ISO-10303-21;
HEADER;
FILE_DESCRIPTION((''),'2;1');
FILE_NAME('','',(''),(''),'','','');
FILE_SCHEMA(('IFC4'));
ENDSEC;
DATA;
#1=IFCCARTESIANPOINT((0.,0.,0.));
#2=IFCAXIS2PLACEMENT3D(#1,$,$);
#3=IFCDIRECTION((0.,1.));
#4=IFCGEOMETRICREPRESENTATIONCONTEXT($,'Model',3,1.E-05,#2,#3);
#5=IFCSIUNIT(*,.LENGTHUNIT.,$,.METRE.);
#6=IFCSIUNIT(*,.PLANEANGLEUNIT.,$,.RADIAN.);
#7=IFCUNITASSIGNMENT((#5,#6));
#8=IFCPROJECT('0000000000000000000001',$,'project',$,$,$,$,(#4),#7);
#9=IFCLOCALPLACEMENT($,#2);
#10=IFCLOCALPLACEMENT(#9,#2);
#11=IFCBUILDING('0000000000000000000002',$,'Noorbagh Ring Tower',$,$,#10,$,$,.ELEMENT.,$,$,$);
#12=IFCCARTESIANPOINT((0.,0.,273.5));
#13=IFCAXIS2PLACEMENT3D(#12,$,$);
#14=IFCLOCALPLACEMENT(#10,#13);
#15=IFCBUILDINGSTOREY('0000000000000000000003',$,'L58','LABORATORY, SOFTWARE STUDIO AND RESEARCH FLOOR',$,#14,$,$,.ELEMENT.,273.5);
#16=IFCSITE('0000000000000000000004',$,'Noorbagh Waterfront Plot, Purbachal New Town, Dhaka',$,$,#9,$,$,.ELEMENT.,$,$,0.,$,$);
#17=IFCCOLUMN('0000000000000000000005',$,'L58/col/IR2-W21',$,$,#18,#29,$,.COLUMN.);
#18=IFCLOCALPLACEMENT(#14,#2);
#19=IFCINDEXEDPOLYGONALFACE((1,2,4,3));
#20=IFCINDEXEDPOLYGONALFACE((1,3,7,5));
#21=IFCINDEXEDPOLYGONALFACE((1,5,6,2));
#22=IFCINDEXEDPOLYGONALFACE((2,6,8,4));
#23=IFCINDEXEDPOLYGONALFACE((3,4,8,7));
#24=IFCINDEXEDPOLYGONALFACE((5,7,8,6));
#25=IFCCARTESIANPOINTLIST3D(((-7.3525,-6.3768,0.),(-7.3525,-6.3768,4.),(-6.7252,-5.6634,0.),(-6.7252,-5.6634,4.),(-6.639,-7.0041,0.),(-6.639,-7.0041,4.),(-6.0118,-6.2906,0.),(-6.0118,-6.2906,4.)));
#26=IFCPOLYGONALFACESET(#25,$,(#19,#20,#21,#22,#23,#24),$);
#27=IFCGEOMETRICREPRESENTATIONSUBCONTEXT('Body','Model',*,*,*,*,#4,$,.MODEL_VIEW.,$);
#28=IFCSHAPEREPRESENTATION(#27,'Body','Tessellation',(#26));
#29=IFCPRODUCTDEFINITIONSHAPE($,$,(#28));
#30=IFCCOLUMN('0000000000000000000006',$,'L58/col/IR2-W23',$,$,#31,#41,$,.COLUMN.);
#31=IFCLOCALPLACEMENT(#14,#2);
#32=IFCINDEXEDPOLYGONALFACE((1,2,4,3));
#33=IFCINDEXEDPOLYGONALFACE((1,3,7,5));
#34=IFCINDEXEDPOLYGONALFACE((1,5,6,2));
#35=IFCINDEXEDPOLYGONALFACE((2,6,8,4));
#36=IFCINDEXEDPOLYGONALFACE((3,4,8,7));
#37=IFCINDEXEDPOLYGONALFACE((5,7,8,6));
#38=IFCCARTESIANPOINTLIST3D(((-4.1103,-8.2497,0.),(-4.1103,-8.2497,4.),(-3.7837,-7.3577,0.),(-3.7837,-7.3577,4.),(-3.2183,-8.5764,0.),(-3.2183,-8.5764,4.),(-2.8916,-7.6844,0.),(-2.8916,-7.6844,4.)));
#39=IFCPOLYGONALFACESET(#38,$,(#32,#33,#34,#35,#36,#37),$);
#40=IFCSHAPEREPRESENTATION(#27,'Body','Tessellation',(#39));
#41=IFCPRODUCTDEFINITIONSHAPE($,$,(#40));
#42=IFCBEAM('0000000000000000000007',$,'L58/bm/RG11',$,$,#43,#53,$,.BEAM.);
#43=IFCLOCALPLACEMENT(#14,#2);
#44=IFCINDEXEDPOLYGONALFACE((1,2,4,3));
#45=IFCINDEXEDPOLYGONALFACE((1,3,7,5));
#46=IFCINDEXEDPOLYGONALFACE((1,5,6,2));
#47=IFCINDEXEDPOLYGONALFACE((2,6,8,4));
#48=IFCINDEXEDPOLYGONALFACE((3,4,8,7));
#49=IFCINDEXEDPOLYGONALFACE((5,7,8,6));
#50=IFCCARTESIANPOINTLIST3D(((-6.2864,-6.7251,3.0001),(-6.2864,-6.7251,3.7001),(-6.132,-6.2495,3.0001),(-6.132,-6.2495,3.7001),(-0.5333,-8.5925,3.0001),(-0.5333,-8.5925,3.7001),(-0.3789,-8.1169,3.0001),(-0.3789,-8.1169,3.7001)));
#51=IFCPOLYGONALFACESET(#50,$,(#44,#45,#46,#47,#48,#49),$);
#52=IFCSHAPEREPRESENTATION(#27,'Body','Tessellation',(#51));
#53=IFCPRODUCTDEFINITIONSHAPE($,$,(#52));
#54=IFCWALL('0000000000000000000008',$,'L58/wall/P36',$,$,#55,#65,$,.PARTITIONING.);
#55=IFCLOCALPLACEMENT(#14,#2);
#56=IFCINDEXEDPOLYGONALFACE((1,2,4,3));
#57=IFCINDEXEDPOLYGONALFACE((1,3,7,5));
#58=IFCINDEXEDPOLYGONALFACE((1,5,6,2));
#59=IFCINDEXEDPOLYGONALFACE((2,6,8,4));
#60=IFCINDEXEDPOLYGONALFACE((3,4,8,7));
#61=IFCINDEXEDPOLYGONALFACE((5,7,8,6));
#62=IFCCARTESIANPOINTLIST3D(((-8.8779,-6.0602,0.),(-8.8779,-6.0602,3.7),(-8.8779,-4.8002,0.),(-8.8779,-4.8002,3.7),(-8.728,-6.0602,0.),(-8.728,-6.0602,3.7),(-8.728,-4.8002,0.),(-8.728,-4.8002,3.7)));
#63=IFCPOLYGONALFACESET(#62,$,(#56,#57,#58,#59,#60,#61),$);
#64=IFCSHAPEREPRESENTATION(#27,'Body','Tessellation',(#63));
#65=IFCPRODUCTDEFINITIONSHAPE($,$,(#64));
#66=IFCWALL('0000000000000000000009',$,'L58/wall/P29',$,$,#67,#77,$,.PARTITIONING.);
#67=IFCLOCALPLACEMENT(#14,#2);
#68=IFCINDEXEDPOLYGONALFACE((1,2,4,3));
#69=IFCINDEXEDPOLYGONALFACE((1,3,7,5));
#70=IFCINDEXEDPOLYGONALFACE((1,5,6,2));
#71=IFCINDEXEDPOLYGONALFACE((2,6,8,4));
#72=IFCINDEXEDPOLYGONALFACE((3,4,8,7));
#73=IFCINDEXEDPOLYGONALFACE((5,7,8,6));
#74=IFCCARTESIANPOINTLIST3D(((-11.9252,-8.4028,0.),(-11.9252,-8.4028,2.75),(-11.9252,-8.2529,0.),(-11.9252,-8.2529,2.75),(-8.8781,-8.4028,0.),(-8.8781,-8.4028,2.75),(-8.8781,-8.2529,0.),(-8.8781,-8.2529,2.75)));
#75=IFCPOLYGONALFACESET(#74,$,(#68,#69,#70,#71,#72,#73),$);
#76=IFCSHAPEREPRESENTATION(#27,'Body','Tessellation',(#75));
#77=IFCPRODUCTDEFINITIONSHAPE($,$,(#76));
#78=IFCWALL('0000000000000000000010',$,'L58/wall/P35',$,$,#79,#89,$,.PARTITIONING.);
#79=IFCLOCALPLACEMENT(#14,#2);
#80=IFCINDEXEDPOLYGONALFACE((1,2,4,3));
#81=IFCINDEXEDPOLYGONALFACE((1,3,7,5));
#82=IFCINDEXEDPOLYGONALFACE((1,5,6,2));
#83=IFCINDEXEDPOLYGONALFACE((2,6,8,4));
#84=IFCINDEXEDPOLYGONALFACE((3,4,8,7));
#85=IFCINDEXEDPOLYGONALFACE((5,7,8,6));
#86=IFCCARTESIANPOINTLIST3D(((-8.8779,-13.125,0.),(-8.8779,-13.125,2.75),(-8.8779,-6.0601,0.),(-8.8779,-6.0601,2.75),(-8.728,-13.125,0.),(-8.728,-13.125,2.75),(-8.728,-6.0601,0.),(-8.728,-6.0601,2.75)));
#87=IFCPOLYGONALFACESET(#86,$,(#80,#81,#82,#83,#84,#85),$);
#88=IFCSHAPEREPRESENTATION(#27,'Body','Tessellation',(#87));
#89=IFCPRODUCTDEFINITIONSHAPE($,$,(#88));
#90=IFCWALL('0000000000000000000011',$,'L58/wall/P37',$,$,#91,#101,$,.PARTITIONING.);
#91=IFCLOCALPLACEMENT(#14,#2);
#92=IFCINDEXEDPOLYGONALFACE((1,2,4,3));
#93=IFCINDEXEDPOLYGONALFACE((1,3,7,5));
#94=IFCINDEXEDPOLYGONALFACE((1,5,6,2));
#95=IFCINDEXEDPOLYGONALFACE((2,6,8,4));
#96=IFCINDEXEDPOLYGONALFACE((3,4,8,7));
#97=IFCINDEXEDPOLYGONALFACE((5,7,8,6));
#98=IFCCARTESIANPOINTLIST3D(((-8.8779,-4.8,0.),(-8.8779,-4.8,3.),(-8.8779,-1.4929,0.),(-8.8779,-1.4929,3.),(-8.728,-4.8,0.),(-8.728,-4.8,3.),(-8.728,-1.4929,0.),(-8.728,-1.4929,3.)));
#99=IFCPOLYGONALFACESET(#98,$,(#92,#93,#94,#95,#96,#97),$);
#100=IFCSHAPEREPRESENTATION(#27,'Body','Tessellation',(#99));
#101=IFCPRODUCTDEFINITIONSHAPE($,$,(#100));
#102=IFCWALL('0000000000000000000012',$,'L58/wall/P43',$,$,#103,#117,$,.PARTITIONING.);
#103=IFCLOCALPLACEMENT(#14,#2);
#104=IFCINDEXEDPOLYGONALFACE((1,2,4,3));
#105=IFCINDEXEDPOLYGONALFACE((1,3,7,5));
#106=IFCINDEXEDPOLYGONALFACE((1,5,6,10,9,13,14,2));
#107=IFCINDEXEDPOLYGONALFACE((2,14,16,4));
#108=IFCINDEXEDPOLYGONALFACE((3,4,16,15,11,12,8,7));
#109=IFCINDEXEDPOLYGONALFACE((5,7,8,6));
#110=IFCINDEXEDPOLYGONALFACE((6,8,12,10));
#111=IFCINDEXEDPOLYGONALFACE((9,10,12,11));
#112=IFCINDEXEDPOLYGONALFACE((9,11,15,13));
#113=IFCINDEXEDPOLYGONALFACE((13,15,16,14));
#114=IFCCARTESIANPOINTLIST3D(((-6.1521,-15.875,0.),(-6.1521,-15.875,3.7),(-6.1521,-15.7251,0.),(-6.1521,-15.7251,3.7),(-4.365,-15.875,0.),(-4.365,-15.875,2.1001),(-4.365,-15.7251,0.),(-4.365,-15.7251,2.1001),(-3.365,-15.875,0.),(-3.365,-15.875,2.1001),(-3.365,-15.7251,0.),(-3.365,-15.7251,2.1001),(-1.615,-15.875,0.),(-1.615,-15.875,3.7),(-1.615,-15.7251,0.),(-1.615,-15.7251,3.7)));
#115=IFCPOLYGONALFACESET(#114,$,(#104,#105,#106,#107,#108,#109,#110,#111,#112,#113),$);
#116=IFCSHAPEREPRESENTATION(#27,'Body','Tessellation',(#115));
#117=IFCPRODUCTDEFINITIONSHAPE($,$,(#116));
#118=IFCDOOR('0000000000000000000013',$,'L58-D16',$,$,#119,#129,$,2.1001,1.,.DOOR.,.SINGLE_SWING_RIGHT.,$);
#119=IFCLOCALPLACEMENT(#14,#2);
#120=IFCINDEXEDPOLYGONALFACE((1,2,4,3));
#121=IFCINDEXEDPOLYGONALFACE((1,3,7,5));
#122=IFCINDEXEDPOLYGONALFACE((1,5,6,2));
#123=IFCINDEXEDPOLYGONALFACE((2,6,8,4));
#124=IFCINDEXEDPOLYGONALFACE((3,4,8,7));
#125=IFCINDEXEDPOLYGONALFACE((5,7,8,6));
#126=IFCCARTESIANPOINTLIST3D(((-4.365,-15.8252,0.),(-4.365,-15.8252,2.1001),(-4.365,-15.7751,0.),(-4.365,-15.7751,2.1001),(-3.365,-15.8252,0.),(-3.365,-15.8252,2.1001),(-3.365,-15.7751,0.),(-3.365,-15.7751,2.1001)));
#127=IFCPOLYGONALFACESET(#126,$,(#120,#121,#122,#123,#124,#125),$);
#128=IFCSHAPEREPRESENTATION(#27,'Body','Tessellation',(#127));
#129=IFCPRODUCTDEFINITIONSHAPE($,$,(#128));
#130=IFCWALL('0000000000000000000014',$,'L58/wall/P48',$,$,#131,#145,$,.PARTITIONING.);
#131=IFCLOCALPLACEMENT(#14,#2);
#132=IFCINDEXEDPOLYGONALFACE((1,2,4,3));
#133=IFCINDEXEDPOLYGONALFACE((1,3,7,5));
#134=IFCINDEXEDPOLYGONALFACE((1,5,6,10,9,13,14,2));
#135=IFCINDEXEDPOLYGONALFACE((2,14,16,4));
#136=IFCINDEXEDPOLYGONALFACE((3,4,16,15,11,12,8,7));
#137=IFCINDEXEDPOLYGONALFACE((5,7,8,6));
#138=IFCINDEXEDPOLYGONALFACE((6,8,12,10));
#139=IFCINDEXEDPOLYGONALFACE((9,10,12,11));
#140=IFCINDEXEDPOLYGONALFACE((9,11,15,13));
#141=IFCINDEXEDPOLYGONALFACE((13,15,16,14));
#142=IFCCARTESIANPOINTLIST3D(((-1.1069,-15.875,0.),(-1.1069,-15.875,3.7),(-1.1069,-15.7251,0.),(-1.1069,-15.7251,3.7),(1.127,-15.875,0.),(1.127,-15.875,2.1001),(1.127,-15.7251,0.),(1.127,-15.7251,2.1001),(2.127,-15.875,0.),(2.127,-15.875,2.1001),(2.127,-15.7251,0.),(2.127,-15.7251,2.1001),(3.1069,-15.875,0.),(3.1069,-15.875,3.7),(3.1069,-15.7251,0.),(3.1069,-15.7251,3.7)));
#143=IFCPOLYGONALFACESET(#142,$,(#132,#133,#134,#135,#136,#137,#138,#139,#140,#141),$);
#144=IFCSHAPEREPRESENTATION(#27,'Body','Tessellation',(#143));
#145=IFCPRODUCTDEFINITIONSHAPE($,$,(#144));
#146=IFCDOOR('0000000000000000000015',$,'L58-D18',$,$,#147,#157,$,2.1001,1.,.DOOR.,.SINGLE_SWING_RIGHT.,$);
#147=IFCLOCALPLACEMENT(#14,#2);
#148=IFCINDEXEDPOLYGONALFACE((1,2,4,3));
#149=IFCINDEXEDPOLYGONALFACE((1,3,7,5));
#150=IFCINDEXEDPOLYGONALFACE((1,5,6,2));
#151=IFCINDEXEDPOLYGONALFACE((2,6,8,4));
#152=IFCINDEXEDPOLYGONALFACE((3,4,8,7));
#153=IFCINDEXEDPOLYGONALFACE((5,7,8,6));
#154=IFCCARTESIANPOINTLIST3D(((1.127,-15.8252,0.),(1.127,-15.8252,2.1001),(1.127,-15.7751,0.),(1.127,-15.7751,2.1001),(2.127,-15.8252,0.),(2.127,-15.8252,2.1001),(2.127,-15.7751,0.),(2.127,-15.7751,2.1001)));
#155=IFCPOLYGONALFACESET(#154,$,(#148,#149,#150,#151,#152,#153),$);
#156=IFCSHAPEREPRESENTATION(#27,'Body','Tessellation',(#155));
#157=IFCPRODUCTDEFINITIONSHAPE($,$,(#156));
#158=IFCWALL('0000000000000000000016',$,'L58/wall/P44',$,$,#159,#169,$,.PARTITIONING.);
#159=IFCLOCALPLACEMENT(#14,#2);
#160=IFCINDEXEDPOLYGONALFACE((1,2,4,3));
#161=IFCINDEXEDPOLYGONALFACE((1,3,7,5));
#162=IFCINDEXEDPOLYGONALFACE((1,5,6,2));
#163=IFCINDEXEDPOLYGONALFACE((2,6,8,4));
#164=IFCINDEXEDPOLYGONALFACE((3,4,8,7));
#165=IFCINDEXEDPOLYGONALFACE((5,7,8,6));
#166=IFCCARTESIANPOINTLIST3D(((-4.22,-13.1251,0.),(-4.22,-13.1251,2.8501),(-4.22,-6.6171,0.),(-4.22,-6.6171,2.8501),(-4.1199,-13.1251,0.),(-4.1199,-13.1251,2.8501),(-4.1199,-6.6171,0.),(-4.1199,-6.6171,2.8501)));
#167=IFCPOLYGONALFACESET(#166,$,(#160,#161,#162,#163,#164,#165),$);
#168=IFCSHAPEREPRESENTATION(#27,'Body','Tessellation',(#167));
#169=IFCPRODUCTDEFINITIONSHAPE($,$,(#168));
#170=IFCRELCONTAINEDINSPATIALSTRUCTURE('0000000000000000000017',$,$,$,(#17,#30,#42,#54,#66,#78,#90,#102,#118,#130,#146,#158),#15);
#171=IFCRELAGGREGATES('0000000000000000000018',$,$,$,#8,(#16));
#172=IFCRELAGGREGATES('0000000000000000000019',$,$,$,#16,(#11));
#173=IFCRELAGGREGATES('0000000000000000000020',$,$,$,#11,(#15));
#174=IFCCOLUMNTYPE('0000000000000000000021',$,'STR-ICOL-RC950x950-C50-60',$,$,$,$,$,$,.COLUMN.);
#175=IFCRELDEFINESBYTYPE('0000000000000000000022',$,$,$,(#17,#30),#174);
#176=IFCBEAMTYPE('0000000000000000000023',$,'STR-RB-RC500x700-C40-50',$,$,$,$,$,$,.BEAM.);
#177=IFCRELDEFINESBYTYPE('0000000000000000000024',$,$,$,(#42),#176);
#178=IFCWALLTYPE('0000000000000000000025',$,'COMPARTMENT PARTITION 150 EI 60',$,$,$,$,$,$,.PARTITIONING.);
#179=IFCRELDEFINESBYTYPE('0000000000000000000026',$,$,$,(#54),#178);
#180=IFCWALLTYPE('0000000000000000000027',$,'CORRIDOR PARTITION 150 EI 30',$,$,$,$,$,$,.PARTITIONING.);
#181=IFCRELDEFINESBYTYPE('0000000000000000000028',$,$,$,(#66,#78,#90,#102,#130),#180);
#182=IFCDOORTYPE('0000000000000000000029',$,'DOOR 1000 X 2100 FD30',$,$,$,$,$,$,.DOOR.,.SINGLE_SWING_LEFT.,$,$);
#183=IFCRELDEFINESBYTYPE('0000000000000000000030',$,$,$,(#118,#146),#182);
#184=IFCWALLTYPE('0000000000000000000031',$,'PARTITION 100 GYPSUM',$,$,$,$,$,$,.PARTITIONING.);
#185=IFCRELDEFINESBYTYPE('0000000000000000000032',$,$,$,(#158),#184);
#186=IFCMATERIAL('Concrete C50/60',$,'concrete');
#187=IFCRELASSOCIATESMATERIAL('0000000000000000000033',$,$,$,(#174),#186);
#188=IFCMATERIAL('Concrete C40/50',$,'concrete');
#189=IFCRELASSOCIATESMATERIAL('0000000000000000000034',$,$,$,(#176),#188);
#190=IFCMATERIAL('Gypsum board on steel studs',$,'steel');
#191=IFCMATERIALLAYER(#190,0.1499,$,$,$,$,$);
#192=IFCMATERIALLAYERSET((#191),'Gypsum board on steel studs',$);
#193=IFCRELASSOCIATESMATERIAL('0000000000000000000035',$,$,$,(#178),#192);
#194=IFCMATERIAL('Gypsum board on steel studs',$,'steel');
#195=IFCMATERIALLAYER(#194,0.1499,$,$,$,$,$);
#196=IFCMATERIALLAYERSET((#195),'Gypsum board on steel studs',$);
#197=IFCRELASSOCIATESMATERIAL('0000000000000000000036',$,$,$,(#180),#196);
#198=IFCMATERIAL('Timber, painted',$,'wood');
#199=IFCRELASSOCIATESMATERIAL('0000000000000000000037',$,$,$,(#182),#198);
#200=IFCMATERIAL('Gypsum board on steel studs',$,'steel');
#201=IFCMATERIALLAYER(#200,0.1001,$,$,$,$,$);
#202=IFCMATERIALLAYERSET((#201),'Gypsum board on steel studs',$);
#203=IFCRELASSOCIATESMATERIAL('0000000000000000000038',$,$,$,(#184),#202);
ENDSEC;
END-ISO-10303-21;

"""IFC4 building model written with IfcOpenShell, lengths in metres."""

from ifc_helpers import new_model, si_unit, direction, frame, frame_2d, origin, origin_2d, place, context, subcontext, project, spatial, rectangle, extrude, material, layer, layer_set, material_profile, profile_set, type_object, element, fill, save


model = new_model("IFC4")

# Units and contexts
model_context = context("Model", 3, precision=1e-05, world=origin(), true_north=direction((0.0, 1.0)))
body_context = subcontext(model_context, "Body", "Model", "MODEL_VIEW")
ifc_project = project(units=[si_unit("LENGTHUNIT", "METRE"), si_unit("PLANEANGLEUNIT", "RADIAN")], contexts=[model_context])

# Site, building, storey
site_placement = place(None, origin())
site = spatial("IfcSite", under=ifc_project, at=site_placement, Name="Noorbagh Waterfront Plot, Purbachal New Town, Dhaka", CompositionType="ELEMENT", RefElevation=0.0)
building_placement = place(site_placement, origin())
building = spatial("IfcBuilding", under=site, at=building_placement, Name="Noorbagh Ring Tower", CompositionType="ELEMENT")
storey_placement = place(building_placement, frame((0.0, 0.0, 273.5)))
storey = spatial("IfcBuildingStorey", under=building, at=storey_placement, Name="L58", Description="LABORATORY, SOFTWARE STUDIO AND RESEARCH FLOOR", CompositionType="ELEMENT", Elevation=273.5)

# Columns
ifc_material_1 = material(Name="Concrete C50/60", Category="concrete")
ifc_material_profile_1 = material_profile(ifc_material_1, rectangle(XDim=0.95, YDim=0.95, at=origin_2d()), Name="RC950x950")
ifc_profile_set_1 = profile_set([ifc_material_profile_1], Name="Concrete C50/60")
column_type = type_object("IfcColumnType", Name="STR-ICOL-RC950x950-C50-60", PredefinedType="COLUMN", material=ifc_profile_set_1)
for number, where, z_axis, x_axis, name in (
    (1, (-6.6821, -6.3337, 0.0), (0.0, 0.0, 1.0), (0.751022, -0.660277, 0.0), "L58/col/IR2-W21"),
    (2, (-3.501, -7.967, 0.0), (0.0, 0.0, 1.0), (0.93902, -0.343864, 0.0), "L58/col/IR2-W23"),
):
    element("IfcColumn", number, at=place(storey_placement, frame(where, z_axis=z_axis, x_axis=x_axis)), inside=storey, type_object=column_type, Name=name, PredefinedType="COLUMN", context=body_context, shape_type="SweptSolid", body=[
        extrude(rectangle(XDim=0.95, YDim=0.95, at=origin_2d()), origin(), (0.0, 0.0, 1.0), 4.0),
    ])

# Beam
ifc_material_2 = material(Name="Concrete C40/50", Category="concrete")
ifc_material_profile_2 = material_profile(ifc_material_2, rectangle(XDim=0.5, YDim=0.7, at=origin_2d()), Name="RC500x700")
ifc_profile_set_2 = profile_set([ifc_material_profile_2], Name="Concrete C40/50")
beam_type = type_object("IfcBeamType", Name="STR-RB-RC500x700-C40-50", PredefinedType="BEAM", material=ifc_profile_set_2)
beam_placement = place(storey_placement, frame((-6.2092, -6.4873, 3.3501), z_axis=(0.951148, -0.308735, 0.0), x_axis=(0.308735, 0.951148, 0.0)))
element("IfcBeam", 3, at=beam_placement, inside=storey, type_object=beam_type, Name="L58/bm/RG11", PredefinedType="BEAM", context=body_context, shape_type="SweptSolid", body=[
    extrude(rectangle(XDim=0.5, YDim=0.7, at=origin_2d()), origin(), (0.0, 0.0, 1.0), 6.0486),
])

# Walls
ifc_material_3 = material(Name="Gypsum board on steel studs", Category="steel")
ifc_layer_1 = layer(ifc_material_3, 0.1499)
ifc_layer_set_1 = layer_set([ifc_layer_1], Name="Gypsum board on steel studs")
wall_type_1 = type_object("IfcWallType", Name="COMPARTMENT PARTITION 150 EI 60", PredefinedType="PARTITIONING", material=ifc_layer_set_1)
wall_1_placement = place(storey_placement, frame((-8.803, -6.0601, 0.0), z_axis=(0.0, 0.0, 1.0), x_axis=(0.0, 1.0, 0.0)))
element("IfcWall", 4, at=wall_1_placement, inside=storey, type_object=wall_type_1, Name="L58/wall/P36", PredefinedType="PARTITIONING", context=body_context, shape_type="SweptSolid", body=[
    extrude(rectangle(XDim=1.26, YDim=0.1499, at=frame_2d((0.6299, 0.0))), origin(), (0.0, 0.0, 1.0), 3.7),
])
ifc_material_4 = material(Name="Gypsum board on steel studs", Category="steel")
ifc_layer_2 = layer(ifc_material_4, 0.1499)
ifc_layer_set_2 = layer_set([ifc_layer_2], Name="Gypsum board on steel studs")
wall_type_2 = type_object("IfcWallType", Name="CORRIDOR PARTITION 150 EI 30", PredefinedType="PARTITIONING", material=ifc_layer_set_2)
wall_2_placement = place(storey_placement, frame((-11.925, -8.3279, 0.0), z_axis=(0.0, 0.0, 1.0), x_axis=(1.0, 0.0, 0.0)))
element("IfcWall", 5, at=wall_2_placement, inside=storey, type_object=wall_type_2, Name="L58/wall/P29", PredefinedType="PARTITIONING", context=body_context, shape_type="SweptSolid", body=[
    extrude(rectangle(XDim=3.0471, YDim=0.1499, at=frame_2d((1.5234, 0.0))), origin(), (0.0, 0.0, 1.0), 2.75),
])
wall_3_placement = place(storey_placement, frame((-8.803, -13.125, 0.0), z_axis=(0.0, 0.0, 1.0), x_axis=(0.0, 1.0, 0.0)))
element("IfcWall", 6, at=wall_3_placement, inside=storey, type_object=wall_type_2, Name="L58/wall/P35", PredefinedType="PARTITIONING", context=body_context, shape_type="SweptSolid", body=[
    extrude(rectangle(XDim=7.0649, YDim=0.1499, at=frame_2d((3.5325, 0.0))), origin(), (0.0, 0.0, 1.0), 2.75),
])
wall_4_placement = place(storey_placement, frame((-8.803, -4.8, 0.0), z_axis=(0.0, 0.0, 1.0), x_axis=(0.0, 1.0, 0.0)))
element("IfcWall", 7, at=wall_4_placement, inside=storey, type_object=wall_type_2, Name="L58/wall/P37", PredefinedType="PARTITIONING", context=body_context, shape_type="SweptSolid", body=[
    extrude(rectangle(XDim=3.3071, YDim=0.1499, at=frame_2d((1.6536, 0.0))), origin(), (0.0, 0.0, 1.0), 3.0),
])

# Walls, openings, doors
wall_5_placement = place(storey_placement, frame((-6.1521, -15.8, 0.0), z_axis=(0.0, 0.0, 1.0), x_axis=(1.0, 0.0, 0.0)))
wall_5 = element("IfcWall", 8, at=wall_5_placement, inside=storey, type_object=wall_type_2, Name="L58/wall/P43", PredefinedType="PARTITIONING", context=body_context, shape_type="SweptSolid", body=[
    extrude(rectangle(XDim=4.5371, YDim=0.1499, at=frame_2d((2.2686, 0.0))), origin(), (0.0, 0.0, 1.0), 3.7),
])
opening_1_placement = place(wall_5_placement, frame((1.7871, 0.0, 0.0)))
opening_1 = element("IfcOpeningElement", 9, at=opening_1_placement, cuts=wall_5, PredefinedType="OPENING", context=body_context, shape_type="SweptSolid", body=[
    extrude(rectangle(XDim=1.0, YDim=2.1001, at=frame_2d((0.5, 1.05))), frame((0.0, 0.085, 0.0), z_axis=(0.0, -1.0, 0.0), x_axis=(1.0, 0.0, 0.0)), (0.0, 0.0, 1.0), 0.1699),
])
ifc_material_5 = material(Name="Timber, painted", Category="wood")
door_type = type_object("IfcDoorType", Name="DOOR 1000 X 2100 FD30", OperationType="SINGLE_SWING_LEFT", PredefinedType="DOOR", material=ifc_material_5)
door_1_placement = place(opening_1_placement, origin())
door_1 = element("IfcDoor", 10, at=door_1_placement, inside=storey, type_object=door_type, Name="L58-D16", OperationType="SINGLE_SWING_RIGHT", OverallHeight=2.1001, OverallWidth=1.0, PredefinedType="DOOR", context=body_context, shape_type="SweptSolid", body=[
    extrude(rectangle(XDim=1.0, YDim=2.1001, at=frame_2d((0.5, 1.05))), frame((0.0, 0.0249, 0.0), z_axis=(0.0, -1.0, 0.0), x_axis=(1.0, 0.0, 0.0)), (0.0, 0.0, 1.0), 0.05),
])
fill(opening_1, door_1)
wall_6_placement = place(storey_placement, frame((-1.1069, -15.8, 0.0), z_axis=(0.0, 0.0, 1.0), x_axis=(1.0, 0.0, 0.0)))
wall_6 = element("IfcWall", 11, at=wall_6_placement, inside=storey, type_object=wall_type_2, Name="L58/wall/P48", PredefinedType="PARTITIONING", context=body_context, shape_type="SweptSolid", body=[
    extrude(rectangle(XDim=4.2139, YDim=0.1499, at=frame_2d((2.1069, 0.0))), origin(), (0.0, 0.0, 1.0), 3.7),
])
opening_2_placement = place(wall_6_placement, frame((2.2339, 0.0, 0.0)))
opening_2 = element("IfcOpeningElement", 12, at=opening_2_placement, cuts=wall_6, PredefinedType="OPENING", context=body_context, shape_type="SweptSolid", body=[
    extrude(rectangle(XDim=1.0, YDim=2.1001, at=frame_2d((0.5, 1.05))), frame((0.0, 0.085, 0.0), z_axis=(0.0, -1.0, 0.0), x_axis=(1.0, 0.0, 0.0)), (0.0, 0.0, 1.0), 0.1699),
])
door_2_placement = place(opening_2_placement, origin())
door_2 = element("IfcDoor", 13, at=door_2_placement, inside=storey, type_object=door_type, Name="L58-D18", OperationType="SINGLE_SWING_RIGHT", OverallHeight=2.1001, OverallWidth=1.0, PredefinedType="DOOR", context=body_context, shape_type="SweptSolid", body=[
    extrude(rectangle(XDim=1.0, YDim=2.1001, at=frame_2d((0.5, 1.05))), frame((0.0, 0.0249, 0.0), z_axis=(0.0, -1.0, 0.0), x_axis=(1.0, 0.0, 0.0)), (0.0, 0.0, 1.0), 0.05),
])
fill(opening_2, door_2)

# Wall
ifc_material_6 = material(Name="Gypsum board on steel studs", Category="steel")
ifc_layer_3 = layer(ifc_material_6, 0.1001)
ifc_layer_set_3 = layer_set([ifc_layer_3], Name="Gypsum board on steel studs")
wall_type_3 = type_object("IfcWallType", Name="PARTITION 100 GYPSUM", PredefinedType="PARTITIONING", material=ifc_layer_set_3)
wall_7_placement = place(storey_placement, frame((-4.1699, -13.125, 0.0), z_axis=(0.0, 0.0, 1.0), x_axis=(0.0, 1.0, 0.0)))
element("IfcWall", 14, at=wall_7_placement, inside=storey, type_object=wall_type_3, Name="L58/wall/P44", PredefinedType="PARTITIONING", context=body_context, shape_type="SweptSolid", body=[
    extrude(rectangle(XDim=6.5081, YDim=0.1001, at=frame_2d((3.2539, 0.0))), origin(), (0.0, 0.0, 1.0), 2.8501),
])

save(model, "model.ifc")
